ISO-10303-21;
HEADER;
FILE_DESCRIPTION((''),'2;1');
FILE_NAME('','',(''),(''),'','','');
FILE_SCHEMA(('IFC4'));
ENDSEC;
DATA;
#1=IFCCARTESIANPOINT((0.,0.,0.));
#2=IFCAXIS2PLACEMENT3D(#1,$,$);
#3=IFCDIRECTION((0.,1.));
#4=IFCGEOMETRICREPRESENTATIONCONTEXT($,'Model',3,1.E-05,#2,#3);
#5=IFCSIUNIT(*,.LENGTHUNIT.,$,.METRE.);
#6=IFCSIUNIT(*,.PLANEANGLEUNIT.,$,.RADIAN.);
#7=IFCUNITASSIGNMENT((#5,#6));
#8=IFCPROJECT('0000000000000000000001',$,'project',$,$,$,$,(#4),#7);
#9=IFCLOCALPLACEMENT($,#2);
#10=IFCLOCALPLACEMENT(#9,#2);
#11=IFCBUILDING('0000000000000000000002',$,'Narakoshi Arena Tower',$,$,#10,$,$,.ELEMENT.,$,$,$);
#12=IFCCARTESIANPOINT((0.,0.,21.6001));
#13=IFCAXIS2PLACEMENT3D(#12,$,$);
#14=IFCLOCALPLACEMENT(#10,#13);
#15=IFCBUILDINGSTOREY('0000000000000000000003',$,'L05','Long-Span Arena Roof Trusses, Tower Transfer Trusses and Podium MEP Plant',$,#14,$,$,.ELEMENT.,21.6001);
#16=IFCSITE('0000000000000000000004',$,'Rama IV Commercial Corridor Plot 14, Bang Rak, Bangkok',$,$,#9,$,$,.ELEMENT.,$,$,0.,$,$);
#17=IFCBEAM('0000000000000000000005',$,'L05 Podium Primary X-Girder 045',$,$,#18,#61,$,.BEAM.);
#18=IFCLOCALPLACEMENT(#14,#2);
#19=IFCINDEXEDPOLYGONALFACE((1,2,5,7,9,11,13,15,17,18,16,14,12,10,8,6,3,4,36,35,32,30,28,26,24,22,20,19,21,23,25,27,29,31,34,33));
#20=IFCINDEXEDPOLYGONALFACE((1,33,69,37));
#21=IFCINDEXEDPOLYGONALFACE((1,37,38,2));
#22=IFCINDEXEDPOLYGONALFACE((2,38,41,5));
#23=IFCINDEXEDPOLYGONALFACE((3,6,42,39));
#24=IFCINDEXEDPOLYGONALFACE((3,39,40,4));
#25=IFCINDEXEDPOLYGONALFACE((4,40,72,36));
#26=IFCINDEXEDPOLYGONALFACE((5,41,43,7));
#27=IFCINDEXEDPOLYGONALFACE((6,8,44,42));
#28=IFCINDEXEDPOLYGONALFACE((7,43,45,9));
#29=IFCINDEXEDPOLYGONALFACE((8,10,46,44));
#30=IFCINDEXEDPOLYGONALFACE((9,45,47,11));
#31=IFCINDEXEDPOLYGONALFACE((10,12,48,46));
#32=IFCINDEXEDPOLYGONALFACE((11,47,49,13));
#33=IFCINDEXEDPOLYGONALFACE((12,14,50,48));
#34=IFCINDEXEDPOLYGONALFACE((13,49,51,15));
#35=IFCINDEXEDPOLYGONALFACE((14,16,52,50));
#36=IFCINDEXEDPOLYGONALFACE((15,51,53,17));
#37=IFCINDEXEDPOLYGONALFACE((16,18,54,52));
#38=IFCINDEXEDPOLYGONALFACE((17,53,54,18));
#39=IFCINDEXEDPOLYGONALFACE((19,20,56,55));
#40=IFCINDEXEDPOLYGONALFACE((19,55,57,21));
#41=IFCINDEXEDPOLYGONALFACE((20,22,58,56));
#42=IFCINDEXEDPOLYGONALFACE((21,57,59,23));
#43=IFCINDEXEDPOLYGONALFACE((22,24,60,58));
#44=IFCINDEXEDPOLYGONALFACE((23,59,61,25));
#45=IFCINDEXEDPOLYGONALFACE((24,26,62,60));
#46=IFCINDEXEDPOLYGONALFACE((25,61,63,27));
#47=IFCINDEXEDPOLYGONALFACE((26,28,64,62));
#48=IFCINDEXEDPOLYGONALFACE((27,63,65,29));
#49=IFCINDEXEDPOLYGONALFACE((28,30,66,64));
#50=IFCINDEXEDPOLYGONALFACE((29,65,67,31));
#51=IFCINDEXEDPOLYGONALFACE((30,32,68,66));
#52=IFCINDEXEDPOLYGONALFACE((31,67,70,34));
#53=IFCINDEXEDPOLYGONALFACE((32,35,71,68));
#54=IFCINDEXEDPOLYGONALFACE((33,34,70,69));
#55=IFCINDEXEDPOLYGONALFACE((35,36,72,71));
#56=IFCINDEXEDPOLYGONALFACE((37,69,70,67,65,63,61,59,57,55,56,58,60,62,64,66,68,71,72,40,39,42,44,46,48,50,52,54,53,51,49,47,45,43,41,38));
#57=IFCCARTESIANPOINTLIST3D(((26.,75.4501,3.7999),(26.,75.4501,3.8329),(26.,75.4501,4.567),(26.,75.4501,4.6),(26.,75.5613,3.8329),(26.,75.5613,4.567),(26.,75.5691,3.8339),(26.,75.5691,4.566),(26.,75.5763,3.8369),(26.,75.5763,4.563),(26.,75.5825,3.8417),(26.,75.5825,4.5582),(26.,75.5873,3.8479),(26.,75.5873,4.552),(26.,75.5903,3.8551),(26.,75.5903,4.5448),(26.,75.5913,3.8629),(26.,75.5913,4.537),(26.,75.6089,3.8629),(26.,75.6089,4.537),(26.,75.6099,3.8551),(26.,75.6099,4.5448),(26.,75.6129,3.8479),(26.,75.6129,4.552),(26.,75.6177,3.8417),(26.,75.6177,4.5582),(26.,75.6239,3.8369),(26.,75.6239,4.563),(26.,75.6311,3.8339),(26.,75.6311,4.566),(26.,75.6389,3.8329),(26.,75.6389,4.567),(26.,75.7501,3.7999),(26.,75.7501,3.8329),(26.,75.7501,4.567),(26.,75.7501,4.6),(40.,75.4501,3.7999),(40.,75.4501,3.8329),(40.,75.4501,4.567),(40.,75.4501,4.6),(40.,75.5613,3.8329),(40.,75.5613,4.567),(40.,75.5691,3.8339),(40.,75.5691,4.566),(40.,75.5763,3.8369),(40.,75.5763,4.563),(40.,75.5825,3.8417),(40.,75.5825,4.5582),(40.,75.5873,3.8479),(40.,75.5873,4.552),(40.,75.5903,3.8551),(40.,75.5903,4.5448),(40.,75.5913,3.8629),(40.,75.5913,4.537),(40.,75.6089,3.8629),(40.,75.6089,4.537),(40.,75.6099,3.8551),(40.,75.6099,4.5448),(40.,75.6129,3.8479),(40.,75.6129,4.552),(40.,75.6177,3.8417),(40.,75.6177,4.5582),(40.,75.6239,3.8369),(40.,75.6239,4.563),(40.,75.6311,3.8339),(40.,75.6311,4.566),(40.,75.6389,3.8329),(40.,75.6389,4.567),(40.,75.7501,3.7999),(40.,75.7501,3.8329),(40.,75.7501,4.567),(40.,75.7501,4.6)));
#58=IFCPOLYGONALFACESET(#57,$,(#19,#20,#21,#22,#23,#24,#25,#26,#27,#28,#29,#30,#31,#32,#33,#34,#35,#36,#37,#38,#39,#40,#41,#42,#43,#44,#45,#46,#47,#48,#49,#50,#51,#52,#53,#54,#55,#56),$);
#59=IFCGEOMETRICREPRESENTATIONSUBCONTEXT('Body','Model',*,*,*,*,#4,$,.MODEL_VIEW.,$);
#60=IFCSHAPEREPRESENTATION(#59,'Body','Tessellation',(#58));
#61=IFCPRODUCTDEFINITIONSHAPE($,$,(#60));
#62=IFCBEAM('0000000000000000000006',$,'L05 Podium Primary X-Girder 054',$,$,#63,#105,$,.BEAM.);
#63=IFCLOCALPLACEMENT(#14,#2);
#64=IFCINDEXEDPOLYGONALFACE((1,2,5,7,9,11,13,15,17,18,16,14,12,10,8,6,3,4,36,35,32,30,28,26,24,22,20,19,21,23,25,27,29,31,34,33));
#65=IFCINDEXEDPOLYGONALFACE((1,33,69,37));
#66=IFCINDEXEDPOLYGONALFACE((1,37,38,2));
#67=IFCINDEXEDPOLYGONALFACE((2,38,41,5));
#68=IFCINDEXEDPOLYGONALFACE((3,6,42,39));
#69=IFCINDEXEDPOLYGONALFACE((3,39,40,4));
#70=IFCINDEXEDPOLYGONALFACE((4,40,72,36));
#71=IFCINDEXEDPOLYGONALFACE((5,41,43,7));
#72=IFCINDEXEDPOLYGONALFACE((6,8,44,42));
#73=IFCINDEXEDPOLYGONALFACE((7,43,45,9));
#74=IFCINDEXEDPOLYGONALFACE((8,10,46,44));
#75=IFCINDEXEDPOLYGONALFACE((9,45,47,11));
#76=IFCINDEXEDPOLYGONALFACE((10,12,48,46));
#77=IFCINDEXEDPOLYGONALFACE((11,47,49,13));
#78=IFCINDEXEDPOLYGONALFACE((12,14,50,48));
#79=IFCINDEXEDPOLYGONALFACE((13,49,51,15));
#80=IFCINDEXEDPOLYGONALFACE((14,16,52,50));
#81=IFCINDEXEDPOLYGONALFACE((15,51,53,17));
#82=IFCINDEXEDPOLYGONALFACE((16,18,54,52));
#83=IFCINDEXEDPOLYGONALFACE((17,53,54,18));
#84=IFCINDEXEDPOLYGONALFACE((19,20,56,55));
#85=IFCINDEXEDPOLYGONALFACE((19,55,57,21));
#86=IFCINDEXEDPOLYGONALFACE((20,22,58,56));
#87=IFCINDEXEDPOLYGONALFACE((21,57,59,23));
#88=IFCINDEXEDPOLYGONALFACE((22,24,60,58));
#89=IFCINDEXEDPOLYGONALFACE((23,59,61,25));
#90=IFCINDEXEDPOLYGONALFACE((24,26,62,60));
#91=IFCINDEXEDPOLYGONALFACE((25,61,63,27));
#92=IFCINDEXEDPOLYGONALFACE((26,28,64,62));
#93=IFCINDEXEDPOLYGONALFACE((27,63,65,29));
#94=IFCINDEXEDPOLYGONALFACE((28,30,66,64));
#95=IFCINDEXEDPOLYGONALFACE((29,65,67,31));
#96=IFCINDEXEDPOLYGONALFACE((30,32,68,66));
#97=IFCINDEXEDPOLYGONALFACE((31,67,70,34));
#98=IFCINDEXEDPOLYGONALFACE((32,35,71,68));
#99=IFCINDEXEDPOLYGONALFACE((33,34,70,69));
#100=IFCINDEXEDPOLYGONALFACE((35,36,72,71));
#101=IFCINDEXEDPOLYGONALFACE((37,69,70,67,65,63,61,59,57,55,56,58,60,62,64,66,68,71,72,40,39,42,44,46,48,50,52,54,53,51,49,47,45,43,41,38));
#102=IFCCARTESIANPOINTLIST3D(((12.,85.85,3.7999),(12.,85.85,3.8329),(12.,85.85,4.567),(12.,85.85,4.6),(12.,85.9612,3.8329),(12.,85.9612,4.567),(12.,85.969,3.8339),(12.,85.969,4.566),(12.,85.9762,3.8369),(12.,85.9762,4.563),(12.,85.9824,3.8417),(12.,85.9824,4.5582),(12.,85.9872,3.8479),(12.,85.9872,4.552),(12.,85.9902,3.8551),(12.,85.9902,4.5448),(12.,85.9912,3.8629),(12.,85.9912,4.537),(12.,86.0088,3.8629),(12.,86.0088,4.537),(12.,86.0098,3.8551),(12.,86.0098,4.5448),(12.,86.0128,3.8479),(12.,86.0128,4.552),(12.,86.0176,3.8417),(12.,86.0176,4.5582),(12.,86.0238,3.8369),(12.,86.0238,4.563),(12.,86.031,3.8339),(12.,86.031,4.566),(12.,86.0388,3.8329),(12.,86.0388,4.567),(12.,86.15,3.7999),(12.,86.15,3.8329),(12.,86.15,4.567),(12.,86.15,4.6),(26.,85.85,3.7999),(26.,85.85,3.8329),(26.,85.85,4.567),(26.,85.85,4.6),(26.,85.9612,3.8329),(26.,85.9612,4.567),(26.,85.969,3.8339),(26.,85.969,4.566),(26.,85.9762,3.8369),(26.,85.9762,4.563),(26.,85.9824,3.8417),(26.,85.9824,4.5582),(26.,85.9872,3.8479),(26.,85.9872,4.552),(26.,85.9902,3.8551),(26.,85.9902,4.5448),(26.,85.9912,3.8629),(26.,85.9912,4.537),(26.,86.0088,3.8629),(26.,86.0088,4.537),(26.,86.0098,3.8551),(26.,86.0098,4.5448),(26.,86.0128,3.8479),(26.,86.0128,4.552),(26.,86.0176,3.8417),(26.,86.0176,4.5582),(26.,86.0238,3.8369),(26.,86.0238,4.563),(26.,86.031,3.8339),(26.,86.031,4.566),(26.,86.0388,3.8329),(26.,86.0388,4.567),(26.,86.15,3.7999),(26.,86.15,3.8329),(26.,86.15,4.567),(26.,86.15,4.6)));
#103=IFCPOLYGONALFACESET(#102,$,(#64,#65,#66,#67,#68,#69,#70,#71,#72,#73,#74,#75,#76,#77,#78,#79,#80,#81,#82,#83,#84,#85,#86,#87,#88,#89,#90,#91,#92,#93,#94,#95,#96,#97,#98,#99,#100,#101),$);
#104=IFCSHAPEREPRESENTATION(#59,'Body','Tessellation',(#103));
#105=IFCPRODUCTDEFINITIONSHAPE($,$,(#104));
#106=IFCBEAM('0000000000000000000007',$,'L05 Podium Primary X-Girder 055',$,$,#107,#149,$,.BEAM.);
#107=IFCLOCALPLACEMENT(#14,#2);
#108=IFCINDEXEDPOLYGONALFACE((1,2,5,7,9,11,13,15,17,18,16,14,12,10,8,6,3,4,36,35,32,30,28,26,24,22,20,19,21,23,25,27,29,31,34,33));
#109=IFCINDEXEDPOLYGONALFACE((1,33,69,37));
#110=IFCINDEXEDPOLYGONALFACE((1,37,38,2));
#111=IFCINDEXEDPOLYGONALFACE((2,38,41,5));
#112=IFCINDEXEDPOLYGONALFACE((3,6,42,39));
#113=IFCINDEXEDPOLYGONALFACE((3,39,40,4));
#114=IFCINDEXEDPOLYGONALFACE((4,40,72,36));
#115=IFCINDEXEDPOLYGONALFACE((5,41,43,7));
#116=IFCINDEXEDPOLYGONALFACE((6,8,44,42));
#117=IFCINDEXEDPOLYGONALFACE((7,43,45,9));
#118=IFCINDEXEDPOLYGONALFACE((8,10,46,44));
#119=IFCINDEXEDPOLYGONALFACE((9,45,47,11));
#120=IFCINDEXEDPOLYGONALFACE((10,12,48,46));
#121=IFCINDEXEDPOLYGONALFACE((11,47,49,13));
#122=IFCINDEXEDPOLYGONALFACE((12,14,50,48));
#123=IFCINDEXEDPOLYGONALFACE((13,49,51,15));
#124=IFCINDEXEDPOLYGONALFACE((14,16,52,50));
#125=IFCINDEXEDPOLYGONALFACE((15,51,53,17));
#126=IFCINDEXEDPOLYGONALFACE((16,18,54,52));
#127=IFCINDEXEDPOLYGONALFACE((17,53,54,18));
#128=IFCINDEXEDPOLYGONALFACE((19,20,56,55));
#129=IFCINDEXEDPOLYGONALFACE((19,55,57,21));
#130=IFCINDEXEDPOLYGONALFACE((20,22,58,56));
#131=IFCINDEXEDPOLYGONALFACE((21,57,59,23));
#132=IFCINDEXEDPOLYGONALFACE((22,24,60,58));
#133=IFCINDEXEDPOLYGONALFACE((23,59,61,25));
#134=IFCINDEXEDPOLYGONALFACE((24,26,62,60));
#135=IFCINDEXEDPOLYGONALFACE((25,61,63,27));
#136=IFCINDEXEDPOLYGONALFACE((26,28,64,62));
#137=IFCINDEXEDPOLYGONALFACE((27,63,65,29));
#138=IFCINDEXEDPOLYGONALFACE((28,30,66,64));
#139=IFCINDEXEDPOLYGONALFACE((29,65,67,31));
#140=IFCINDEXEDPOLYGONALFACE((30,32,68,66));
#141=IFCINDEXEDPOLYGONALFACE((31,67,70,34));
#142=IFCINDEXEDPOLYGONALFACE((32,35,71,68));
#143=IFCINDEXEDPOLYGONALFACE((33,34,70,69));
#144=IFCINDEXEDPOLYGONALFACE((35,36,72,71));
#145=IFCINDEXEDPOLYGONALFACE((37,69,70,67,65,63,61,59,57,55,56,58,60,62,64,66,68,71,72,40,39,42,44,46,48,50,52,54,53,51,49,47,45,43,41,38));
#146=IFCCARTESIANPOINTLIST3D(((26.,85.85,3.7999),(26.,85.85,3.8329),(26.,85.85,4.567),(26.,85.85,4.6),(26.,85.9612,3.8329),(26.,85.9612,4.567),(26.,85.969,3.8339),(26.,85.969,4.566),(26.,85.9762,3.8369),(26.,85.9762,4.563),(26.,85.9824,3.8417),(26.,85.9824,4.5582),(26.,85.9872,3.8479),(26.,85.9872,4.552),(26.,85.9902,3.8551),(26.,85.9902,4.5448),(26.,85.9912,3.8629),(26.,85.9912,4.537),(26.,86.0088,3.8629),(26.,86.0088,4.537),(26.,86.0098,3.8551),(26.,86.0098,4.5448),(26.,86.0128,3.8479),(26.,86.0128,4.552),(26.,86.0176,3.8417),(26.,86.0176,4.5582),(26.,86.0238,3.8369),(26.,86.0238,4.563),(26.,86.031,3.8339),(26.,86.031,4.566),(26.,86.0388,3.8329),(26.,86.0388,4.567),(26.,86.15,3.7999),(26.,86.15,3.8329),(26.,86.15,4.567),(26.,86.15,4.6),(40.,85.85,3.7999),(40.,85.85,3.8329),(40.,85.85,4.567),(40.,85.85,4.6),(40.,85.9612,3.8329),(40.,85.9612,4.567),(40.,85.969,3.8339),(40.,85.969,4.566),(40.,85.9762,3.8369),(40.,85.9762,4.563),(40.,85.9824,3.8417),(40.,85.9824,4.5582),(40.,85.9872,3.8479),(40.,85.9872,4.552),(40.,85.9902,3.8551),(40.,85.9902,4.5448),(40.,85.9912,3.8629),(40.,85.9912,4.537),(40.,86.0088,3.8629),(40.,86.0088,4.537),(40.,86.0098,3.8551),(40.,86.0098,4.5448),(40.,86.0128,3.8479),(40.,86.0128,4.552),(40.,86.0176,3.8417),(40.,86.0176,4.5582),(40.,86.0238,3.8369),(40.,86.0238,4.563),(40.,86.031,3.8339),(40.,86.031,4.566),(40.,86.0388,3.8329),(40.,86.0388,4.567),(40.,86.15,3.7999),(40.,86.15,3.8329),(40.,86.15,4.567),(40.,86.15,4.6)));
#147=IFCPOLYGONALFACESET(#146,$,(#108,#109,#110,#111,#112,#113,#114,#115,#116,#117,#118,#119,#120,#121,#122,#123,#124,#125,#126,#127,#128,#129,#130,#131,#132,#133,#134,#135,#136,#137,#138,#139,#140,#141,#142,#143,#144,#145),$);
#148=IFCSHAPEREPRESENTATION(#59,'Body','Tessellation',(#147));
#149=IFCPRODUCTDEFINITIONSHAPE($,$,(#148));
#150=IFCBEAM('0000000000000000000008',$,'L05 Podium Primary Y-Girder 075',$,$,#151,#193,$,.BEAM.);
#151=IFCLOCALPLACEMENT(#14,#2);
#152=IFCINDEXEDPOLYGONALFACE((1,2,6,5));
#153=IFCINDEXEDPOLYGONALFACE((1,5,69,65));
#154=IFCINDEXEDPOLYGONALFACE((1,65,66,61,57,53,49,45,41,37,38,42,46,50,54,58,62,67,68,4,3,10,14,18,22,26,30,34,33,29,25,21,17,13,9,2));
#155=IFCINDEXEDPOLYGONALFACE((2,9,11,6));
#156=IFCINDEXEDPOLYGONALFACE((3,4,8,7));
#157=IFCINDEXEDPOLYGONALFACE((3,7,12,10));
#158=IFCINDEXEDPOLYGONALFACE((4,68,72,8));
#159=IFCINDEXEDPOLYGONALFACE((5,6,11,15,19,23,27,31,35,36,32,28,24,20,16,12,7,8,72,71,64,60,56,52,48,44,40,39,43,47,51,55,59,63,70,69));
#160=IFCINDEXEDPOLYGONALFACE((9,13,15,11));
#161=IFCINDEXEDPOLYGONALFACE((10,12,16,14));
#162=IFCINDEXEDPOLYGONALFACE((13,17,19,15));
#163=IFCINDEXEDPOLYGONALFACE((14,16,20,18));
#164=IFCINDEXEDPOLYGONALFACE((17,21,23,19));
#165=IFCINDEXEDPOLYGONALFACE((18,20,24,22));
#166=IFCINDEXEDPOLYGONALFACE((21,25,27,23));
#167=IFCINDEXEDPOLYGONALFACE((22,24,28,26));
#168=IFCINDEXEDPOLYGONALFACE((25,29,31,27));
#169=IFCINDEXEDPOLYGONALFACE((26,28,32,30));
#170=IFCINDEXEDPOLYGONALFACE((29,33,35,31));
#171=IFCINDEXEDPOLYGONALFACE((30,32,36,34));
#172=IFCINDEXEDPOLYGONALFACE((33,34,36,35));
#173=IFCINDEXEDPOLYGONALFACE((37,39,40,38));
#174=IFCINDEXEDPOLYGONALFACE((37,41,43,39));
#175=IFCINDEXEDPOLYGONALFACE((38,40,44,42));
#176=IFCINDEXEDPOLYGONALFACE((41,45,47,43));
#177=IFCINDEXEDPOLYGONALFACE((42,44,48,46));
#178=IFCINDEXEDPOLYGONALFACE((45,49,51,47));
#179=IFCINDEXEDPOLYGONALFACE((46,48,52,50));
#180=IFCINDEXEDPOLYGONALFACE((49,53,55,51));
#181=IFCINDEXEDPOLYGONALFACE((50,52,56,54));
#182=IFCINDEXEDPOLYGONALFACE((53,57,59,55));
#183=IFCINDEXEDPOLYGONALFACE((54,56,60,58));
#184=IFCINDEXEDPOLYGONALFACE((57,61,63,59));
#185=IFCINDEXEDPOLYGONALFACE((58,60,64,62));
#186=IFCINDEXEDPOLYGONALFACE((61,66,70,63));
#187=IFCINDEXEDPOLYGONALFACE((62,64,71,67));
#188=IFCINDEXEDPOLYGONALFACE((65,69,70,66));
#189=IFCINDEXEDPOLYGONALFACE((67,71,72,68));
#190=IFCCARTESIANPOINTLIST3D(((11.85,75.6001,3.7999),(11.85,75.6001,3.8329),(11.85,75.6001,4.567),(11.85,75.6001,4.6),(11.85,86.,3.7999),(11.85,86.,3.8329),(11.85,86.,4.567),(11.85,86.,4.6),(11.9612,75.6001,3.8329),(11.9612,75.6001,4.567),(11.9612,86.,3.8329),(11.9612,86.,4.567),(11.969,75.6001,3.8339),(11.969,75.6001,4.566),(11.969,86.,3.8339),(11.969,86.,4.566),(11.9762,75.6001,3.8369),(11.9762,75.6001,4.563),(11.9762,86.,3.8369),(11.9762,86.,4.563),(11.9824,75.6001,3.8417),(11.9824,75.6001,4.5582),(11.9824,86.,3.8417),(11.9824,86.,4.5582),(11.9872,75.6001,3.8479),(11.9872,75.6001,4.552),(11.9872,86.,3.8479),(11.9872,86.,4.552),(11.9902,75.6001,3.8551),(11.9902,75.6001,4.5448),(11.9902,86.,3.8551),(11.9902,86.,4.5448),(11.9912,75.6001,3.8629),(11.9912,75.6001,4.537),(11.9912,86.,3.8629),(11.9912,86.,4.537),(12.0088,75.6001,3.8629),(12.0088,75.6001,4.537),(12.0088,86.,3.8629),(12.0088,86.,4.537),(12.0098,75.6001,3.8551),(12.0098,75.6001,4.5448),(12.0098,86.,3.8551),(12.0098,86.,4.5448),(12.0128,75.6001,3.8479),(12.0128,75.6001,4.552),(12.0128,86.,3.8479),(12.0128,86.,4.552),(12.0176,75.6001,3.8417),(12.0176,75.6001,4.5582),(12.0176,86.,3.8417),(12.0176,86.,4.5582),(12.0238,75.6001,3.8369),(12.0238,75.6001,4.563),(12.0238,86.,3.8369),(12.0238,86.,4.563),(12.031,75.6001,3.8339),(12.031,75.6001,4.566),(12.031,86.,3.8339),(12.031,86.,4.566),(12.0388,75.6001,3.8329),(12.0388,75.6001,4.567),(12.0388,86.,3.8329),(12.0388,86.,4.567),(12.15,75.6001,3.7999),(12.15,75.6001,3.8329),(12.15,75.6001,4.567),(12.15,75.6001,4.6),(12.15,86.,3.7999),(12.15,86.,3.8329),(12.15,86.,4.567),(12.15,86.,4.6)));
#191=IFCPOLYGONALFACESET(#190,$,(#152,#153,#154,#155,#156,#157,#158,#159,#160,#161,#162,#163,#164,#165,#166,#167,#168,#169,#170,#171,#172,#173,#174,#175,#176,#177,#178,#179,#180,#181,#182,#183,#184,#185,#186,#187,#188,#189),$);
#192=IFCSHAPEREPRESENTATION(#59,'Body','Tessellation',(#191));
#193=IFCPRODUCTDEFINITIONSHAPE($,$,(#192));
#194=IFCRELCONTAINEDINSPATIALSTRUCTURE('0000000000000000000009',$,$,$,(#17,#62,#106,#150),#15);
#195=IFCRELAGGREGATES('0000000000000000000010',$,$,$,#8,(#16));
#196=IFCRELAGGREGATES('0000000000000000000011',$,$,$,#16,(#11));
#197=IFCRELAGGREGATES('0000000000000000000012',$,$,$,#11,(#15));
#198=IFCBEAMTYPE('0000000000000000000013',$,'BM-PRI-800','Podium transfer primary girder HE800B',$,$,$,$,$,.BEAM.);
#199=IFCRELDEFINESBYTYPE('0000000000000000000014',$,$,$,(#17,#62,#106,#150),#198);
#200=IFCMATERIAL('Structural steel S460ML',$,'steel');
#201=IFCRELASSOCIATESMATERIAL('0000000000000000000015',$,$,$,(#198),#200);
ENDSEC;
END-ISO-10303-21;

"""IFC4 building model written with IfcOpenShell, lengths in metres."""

from ifc_helpers import new_model, si_unit, direction, frame, origin, origin_2d, place, context, subcontext, project, spatial, i_section, extrude, material, material_profile, profile_set, type_object, element, save


model = new_model("IFC4")

# Units and contexts
model_context = context("Model", 3, precision=1e-05, world=origin(), true_north=direction((0.0, 1.0)))
body_context = subcontext(model_context, "Body", "Model", "MODEL_VIEW")
ifc_project = project(units=[si_unit("LENGTHUNIT", "METRE"), si_unit("PLANEANGLEUNIT", "RADIAN")], contexts=[model_context])

# Site, building, storey
site_placement = place(None, origin())
site = spatial("IfcSite", under=ifc_project, at=site_placement, Name="Rama IV Commercial Corridor Plot 14, Bang Rak, Bangkok", CompositionType="ELEMENT", RefElevation=0.0)
building_placement = place(site_placement, origin())
building = spatial("IfcBuilding", under=site, at=building_placement, Name="Narakoshi Arena Tower", CompositionType="ELEMENT")
storey_placement = place(building_placement, frame((0.0, 0.0, 21.6001)))
storey = spatial("IfcBuildingStorey", under=building, at=storey_placement, Name="L05", Description="Long-Span Arena Roof Trusses, Tower Transfer Trusses and Podium MEP Plant", CompositionType="ELEMENT", Elevation=21.6001)

# Beams
ifc_material_1 = material(Name="Structural steel S460ML", Category="steel")
ifc_material_profile_1 = material_profile(ifc_material_1, i_section(OverallWidth=0.3, OverallDepth=0.8, WebThickness=0.0176, FlangeThickness=0.033, FilletRadius=0.03, at=origin_2d()), Name="HE800B")
ifc_profile_set_1 = profile_set([ifc_material_profile_1], Name="Structural steel S460ML")
beam_type_1 = type_object("IfcBeamType", Name="BM-PRI-800", Description="Podium transfer primary girder HE800B", PredefinedType="BEAM", material=ifc_profile_set_1)
for number, where, z_axis, x_axis, name in (
    (1, (26.0, 75.6001, 4.2), (1.0, 0.0, 0.0), (0.0, 1.0, 0.0), "L05 Podium Primary X-Girder 045"),
    (2, (12.0, 86.0, 4.2), (1.0, 0.0, 0.0), (0.0, 1.0, 0.0), "L05 Podium Primary X-Girder 054"),
    (3, (26.0, 86.0, 4.2), (1.0, 0.0, 0.0), (0.0, 1.0, 0.0), "L05 Podium Primary X-Girder 055"),
):
    element("IfcBeam", number, at=place(storey_placement, frame(where, z_axis=z_axis, x_axis=x_axis)), inside=storey, type_object=beam_type_1, Name=name, PredefinedType="BEAM", context=body_context, shape_type="SweptSolid", body=[
        extrude(i_section(OverallWidth=0.3, OverallDepth=0.8, WebThickness=0.0176, FlangeThickness=0.033, FilletRadius=0.03, at=origin_2d()), origin(), (0.0, 0.0, 1.0), 14.0),
    ])
for number, where, z_axis, x_axis, name in (
    (4, (12.0, 75.6001, 4.2), (0.0, 1.0, 0.0), (-1.0, 0.0, 0.0), "L05 Podium Primary Y-Girder 075"),
):
    element("IfcBeam", number, at=place(storey_placement, frame(where, z_axis=z_axis, x_axis=x_axis)), inside=storey, type_object=beam_type_1, Name=name, PredefinedType="BEAM", context=body_context, shape_type="SweptSolid", body=[
        extrude(i_section(OverallWidth=0.3, OverallDepth=0.8, WebThickness=0.0176, FlangeThickness=0.033, FilletRadius=0.03, at=origin_2d()), origin(), (0.0, 0.0, 1.0), 10.3999),
    ])

save(model, "model.ifc")
